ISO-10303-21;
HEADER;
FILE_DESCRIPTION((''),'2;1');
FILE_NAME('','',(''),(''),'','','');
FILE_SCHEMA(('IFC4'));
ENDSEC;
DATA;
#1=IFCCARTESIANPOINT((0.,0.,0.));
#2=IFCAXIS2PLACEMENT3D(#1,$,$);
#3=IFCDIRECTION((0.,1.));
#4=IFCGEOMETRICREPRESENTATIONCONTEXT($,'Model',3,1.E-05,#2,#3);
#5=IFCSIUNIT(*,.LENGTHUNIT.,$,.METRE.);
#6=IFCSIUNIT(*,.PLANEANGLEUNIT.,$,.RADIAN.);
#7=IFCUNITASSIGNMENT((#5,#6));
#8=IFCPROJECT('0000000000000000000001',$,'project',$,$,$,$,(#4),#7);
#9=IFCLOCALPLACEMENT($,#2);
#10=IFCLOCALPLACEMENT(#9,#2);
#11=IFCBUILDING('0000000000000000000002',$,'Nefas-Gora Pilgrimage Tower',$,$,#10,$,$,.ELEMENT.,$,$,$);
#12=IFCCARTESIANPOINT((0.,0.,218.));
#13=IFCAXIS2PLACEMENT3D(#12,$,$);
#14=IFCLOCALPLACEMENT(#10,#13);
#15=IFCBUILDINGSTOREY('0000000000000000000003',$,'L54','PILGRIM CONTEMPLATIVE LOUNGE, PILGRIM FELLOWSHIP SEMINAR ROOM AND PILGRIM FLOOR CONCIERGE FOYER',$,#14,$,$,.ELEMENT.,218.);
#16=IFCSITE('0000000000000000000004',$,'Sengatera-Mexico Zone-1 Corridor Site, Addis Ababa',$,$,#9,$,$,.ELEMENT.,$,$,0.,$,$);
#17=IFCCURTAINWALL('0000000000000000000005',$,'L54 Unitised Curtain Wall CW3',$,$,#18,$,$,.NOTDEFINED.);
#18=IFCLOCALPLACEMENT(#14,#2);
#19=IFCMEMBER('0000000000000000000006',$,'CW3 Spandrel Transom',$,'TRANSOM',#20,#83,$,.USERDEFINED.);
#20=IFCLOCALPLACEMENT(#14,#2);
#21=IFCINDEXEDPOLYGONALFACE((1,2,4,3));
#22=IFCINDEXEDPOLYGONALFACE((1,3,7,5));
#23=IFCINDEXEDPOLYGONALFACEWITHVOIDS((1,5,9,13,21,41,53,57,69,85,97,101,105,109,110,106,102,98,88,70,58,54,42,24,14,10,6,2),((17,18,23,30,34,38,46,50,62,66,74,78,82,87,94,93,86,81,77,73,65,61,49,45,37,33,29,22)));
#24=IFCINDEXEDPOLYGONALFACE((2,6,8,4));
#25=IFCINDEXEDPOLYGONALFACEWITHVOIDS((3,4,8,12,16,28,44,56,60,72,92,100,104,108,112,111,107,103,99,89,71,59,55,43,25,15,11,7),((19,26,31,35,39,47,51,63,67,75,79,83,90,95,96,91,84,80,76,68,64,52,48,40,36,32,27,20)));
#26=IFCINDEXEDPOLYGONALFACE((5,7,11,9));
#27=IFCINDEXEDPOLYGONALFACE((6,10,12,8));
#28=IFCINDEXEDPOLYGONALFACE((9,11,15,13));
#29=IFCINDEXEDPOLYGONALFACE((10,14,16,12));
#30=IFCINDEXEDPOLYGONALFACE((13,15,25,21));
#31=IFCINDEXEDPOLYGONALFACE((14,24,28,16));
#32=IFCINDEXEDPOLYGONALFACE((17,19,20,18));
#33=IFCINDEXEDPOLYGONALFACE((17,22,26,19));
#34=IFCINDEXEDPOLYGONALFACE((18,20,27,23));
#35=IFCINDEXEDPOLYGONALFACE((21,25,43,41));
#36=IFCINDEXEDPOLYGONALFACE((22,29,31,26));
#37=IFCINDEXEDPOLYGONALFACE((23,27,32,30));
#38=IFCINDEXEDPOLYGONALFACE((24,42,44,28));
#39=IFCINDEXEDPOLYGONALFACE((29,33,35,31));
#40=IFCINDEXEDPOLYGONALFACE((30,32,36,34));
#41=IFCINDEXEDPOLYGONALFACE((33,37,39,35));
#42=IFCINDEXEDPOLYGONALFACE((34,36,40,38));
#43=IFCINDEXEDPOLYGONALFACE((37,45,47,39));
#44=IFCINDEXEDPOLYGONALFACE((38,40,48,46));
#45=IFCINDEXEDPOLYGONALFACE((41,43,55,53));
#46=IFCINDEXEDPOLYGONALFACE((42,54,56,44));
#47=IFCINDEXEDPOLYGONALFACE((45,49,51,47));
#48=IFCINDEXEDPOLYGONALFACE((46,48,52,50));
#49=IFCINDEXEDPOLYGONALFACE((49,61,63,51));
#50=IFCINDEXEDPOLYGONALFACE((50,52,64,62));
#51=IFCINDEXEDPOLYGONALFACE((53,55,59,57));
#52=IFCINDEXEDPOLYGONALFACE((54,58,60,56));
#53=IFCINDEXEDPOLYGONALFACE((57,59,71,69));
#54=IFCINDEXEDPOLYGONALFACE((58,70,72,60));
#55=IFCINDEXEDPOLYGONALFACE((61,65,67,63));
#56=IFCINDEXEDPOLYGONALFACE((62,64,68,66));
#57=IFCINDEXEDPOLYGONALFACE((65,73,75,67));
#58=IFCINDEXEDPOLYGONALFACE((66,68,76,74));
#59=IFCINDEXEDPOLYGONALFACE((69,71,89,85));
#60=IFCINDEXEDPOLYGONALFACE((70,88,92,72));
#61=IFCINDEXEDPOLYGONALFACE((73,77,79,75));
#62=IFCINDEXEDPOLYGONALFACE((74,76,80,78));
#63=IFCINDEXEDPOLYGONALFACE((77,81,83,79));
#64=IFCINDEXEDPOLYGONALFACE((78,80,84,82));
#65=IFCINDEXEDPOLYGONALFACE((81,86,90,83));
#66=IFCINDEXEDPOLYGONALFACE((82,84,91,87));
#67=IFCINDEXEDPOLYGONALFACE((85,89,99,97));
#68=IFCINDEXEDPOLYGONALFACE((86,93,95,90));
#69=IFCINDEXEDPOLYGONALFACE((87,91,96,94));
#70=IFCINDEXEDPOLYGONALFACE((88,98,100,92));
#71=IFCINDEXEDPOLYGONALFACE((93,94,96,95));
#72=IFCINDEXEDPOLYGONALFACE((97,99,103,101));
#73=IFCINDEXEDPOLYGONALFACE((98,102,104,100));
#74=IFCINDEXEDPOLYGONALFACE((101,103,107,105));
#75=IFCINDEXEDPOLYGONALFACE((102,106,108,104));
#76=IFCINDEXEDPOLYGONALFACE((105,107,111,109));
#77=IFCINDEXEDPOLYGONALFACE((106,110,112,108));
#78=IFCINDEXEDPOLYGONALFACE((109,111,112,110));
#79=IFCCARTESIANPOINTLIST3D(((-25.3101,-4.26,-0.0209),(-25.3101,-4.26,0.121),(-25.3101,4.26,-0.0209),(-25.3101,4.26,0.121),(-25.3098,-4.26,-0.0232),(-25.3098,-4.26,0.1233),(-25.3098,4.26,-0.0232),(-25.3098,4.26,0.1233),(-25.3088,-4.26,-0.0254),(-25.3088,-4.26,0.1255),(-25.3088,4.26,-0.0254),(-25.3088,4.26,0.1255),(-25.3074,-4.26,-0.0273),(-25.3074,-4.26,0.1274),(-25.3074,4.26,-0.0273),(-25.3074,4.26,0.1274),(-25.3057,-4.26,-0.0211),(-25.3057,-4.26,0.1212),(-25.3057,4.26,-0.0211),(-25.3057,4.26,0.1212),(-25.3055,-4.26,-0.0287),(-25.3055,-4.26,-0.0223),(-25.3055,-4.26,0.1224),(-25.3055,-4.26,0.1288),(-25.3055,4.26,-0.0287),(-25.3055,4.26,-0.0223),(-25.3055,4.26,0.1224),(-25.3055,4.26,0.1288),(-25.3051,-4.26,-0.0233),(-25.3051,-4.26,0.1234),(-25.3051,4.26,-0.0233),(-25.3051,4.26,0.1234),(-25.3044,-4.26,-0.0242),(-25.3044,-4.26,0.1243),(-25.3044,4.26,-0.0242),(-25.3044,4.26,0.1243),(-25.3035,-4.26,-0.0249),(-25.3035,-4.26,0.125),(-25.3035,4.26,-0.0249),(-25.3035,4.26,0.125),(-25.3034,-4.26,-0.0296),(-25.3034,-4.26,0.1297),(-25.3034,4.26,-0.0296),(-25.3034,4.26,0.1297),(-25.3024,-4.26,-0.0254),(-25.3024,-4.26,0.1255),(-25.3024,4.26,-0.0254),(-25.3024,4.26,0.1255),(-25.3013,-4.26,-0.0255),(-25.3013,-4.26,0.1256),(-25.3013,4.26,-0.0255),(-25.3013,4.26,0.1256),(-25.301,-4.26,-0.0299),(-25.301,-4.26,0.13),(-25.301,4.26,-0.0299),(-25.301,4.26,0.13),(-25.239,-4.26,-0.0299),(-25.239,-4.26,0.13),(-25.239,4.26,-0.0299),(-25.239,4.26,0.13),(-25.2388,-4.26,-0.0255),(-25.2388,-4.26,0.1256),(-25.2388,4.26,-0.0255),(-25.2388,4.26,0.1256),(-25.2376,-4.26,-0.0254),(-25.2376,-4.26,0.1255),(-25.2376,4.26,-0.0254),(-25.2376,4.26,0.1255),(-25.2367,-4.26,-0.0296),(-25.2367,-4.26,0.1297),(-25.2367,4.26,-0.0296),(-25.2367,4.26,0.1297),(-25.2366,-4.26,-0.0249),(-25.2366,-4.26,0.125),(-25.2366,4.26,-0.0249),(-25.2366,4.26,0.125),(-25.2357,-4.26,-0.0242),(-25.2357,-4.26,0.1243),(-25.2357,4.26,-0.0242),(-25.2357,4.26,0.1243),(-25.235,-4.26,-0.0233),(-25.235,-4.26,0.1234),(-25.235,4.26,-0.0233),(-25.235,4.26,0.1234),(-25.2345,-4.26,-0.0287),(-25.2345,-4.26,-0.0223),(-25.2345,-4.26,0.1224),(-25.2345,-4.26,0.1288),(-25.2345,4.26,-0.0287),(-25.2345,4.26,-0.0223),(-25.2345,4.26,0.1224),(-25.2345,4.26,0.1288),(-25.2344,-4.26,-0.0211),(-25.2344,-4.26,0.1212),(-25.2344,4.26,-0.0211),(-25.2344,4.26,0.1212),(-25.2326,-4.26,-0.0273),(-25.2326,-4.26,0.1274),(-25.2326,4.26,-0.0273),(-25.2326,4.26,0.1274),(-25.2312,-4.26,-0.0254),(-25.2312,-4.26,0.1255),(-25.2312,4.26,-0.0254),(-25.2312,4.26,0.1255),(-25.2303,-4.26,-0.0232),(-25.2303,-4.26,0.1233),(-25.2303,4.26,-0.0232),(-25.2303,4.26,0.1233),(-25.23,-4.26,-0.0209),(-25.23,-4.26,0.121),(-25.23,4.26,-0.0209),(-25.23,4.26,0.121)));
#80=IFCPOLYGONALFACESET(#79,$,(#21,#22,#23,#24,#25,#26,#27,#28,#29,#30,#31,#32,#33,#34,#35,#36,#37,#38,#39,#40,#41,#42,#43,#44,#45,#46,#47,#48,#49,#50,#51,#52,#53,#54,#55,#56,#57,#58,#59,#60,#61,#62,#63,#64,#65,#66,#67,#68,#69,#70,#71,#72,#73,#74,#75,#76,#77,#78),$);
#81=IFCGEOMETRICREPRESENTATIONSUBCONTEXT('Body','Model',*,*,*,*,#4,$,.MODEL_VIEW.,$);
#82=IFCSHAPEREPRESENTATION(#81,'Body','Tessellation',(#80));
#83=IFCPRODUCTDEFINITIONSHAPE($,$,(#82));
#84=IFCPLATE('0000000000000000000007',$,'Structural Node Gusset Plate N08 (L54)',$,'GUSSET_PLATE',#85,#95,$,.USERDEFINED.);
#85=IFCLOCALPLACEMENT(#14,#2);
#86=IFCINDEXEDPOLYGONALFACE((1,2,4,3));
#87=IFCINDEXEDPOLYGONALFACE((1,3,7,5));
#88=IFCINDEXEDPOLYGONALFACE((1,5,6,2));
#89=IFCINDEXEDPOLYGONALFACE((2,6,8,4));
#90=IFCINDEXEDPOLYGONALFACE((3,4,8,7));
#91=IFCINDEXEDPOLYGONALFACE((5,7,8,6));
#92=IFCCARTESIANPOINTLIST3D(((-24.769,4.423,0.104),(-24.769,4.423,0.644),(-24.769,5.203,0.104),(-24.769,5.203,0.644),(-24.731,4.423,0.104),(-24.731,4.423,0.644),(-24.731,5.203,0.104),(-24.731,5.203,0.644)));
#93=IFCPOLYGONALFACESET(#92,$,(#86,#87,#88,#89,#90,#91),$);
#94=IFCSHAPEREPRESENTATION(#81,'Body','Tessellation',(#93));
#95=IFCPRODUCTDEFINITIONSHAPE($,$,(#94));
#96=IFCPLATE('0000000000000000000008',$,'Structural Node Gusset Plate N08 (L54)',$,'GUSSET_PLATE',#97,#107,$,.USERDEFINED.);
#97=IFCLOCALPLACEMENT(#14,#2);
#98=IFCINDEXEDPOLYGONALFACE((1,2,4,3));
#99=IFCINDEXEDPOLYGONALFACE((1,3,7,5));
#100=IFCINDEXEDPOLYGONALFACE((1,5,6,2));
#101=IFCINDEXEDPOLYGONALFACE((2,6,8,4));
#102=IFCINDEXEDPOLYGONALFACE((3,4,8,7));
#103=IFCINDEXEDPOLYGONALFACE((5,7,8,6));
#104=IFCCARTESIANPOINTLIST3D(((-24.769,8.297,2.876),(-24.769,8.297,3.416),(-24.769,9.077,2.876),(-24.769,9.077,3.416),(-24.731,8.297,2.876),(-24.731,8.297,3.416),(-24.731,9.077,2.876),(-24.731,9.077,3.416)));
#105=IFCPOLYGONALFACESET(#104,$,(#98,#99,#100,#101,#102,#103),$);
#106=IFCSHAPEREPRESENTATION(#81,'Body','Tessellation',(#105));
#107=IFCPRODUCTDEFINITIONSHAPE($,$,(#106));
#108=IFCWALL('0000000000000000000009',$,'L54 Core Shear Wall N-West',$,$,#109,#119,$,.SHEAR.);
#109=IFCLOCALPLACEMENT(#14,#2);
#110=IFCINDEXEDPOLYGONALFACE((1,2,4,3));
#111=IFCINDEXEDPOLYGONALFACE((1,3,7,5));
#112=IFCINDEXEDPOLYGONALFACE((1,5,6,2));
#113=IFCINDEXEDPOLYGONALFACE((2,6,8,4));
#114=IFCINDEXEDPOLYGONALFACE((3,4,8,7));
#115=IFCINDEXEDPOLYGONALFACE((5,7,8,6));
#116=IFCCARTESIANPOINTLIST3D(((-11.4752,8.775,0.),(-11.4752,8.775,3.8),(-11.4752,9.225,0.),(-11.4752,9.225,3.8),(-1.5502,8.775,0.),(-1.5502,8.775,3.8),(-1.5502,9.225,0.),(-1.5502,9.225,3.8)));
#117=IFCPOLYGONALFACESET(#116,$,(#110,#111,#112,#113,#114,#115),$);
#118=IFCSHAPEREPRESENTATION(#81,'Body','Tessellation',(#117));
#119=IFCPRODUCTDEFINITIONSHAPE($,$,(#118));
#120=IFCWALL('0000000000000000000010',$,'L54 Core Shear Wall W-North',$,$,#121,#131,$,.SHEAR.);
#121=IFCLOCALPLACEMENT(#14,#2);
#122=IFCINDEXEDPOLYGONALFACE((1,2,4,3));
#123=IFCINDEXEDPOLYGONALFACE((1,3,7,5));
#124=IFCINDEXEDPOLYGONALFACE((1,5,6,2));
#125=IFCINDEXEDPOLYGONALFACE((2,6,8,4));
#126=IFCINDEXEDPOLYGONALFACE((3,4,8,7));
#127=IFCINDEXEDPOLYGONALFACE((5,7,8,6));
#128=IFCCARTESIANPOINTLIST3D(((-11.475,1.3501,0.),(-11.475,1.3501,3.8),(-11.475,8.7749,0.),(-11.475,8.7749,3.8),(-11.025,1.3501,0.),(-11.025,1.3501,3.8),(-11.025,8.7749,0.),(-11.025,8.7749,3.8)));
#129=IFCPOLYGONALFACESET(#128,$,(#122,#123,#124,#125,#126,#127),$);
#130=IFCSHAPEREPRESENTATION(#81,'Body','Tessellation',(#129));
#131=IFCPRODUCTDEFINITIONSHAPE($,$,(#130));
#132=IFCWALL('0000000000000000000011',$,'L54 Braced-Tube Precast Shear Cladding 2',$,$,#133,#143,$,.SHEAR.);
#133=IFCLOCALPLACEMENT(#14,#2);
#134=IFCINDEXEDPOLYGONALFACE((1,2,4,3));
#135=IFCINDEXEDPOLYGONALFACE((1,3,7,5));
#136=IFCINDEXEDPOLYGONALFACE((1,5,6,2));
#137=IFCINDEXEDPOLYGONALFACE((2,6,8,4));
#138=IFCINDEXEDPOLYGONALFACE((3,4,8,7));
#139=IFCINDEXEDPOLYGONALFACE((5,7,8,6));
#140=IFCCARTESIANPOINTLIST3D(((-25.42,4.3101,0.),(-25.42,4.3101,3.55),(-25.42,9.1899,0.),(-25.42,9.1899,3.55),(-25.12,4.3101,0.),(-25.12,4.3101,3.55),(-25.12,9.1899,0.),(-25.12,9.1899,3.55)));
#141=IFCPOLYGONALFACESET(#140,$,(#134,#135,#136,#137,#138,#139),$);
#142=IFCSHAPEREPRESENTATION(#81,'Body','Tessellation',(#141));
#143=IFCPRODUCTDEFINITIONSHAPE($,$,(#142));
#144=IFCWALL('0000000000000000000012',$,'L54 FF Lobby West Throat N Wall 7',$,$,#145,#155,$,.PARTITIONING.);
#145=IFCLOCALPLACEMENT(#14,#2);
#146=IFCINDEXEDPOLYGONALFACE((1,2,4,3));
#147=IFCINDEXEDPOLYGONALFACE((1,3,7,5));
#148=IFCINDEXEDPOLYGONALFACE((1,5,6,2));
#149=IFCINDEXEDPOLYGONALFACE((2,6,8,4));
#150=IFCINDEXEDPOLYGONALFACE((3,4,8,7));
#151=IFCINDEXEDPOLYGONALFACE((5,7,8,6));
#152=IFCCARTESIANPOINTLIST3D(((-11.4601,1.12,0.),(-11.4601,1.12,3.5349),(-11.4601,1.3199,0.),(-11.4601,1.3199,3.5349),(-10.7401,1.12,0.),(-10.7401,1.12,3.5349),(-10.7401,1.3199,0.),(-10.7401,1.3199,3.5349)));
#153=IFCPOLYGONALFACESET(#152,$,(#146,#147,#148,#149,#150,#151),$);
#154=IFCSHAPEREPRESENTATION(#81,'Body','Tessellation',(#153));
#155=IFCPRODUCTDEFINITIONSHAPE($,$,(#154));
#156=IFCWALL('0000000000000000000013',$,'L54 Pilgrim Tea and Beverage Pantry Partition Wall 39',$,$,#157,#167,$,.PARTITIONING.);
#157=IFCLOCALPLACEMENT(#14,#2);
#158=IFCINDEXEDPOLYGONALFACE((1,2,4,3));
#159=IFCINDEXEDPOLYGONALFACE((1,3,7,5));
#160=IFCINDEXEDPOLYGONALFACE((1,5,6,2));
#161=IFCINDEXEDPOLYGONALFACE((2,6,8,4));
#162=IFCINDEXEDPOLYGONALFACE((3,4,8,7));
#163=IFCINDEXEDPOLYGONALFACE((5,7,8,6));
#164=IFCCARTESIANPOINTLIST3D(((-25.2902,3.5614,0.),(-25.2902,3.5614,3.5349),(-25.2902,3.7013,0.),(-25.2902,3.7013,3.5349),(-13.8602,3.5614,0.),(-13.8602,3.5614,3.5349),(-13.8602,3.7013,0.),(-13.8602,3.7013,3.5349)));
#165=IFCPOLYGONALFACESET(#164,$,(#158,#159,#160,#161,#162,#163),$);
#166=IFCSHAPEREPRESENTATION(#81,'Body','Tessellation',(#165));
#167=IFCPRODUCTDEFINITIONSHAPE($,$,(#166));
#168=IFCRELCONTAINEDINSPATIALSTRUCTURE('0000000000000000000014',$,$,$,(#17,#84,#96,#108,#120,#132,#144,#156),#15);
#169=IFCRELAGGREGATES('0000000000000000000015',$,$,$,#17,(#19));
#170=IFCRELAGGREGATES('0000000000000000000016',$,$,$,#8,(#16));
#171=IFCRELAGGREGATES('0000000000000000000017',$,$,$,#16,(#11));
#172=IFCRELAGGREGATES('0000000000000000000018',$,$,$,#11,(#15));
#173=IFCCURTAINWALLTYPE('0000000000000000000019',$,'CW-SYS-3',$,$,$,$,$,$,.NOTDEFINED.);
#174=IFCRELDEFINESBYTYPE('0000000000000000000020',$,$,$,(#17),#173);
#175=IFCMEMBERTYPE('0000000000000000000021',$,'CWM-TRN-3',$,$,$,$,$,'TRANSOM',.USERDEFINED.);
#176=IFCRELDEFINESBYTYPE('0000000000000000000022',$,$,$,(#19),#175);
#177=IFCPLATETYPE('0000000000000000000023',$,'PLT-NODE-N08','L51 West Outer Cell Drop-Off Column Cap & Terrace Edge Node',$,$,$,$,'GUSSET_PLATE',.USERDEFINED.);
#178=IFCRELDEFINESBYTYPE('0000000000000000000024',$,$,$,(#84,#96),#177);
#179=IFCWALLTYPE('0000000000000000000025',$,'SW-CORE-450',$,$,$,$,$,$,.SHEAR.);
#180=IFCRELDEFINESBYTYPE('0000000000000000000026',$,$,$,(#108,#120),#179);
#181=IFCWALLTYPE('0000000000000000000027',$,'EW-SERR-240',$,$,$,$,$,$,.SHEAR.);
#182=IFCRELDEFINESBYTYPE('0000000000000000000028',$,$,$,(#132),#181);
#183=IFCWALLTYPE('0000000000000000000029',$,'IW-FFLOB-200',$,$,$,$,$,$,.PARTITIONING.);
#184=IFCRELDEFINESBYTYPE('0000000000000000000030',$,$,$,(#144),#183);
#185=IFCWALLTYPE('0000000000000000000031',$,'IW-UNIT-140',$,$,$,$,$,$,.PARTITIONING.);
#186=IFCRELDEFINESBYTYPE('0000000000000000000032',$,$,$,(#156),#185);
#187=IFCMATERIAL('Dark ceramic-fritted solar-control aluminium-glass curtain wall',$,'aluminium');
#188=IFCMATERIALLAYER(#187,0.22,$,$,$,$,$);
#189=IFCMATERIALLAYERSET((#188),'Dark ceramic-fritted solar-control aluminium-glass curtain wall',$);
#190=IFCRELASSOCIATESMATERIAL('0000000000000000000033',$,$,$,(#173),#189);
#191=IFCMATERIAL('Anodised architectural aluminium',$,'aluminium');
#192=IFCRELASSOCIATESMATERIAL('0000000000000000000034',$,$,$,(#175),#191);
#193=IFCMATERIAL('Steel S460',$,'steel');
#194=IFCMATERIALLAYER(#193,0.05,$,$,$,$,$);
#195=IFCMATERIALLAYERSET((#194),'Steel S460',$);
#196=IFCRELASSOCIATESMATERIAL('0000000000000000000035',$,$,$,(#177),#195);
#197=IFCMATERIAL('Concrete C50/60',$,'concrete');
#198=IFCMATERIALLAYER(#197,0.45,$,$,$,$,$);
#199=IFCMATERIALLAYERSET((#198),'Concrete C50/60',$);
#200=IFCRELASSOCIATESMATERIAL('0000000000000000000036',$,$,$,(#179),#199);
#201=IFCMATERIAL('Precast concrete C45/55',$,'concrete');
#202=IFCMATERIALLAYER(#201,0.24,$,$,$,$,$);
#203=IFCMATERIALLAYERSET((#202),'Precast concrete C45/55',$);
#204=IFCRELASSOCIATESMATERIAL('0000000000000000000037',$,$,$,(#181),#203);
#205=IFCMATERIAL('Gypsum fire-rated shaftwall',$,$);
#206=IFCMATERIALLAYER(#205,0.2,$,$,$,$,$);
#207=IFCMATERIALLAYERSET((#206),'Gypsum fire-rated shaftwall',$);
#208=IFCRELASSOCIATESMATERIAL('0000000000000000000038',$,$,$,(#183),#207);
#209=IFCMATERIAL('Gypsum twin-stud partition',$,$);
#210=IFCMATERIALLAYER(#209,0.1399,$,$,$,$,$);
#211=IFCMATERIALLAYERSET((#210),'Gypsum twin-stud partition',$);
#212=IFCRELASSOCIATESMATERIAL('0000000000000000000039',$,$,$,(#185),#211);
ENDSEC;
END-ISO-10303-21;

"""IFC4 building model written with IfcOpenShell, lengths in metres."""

from ifc_helpers import new_model, si_unit, direction, frame, frame_2d, origin, origin_2d, place, context, subcontext, project, spatial, rectangle, hollow_rectangle, extrude, source, transform, mapped, material, layer, layer_set, material_profile, profile_set, type_object, element, aggregate, save


model = new_model("IFC4")

# Units and contexts
model_context = context("Model", 3, precision=1e-05, world=origin(), true_north=direction((0.0, 1.0)))
body_context = subcontext(model_context, "Body", "Model", "MODEL_VIEW")
ifc_project = project(units=[si_unit("LENGTHUNIT", "METRE"), si_unit("PLANEANGLEUNIT", "RADIAN")], contexts=[model_context])

# Site, building, storey
site_placement = place(None, origin())
site = spatial("IfcSite", under=ifc_project, at=site_placement, Name="Sengatera-Mexico Zone-1 Corridor Site, Addis Ababa", CompositionType="ELEMENT", RefElevation=0.0)
building_placement = place(site_placement, origin())
building = spatial("IfcBuilding", under=site, at=building_placement, Name="Nefas-Gora Pilgrimage Tower", CompositionType="ELEMENT")
storey_placement = place(building_placement, frame((0.0, 0.0, 218.0)))
storey = spatial("IfcBuildingStorey", under=building, at=storey_placement, Name="L54", Description="PILGRIM CONTEMPLATIVE LOUNGE, PILGRIM FELLOWSHIP SEMINAR ROOM AND PILGRIM FLOOR CONCIERGE FOYER", CompositionType="ELEMENT", Elevation=218.0)

# Shared definitions
ifc_material_1 = material(Name="Steel S460", Category="steel")

# Curtain wall, member
ifc_material_2 = material(Name="Dark ceramic-fritted solar-control aluminium-glass curtain wall", Category="aluminium")
ifc_layer_1 = layer(ifc_material_2, 0.22)
ifc_layer_set_1 = layer_set([ifc_layer_1], Name="Dark ceramic-fritted solar-control aluminium-glass curtain wall")
curtain_wall_type = type_object("IfcCurtainWallType", Name="CW-SYS-3", PredefinedType="NOTDEFINED", material=ifc_layer_set_1)
curtain_wall_placement = place(storey_placement, origin())
curtain_wall = element("IfcCurtainWall", 1, at=curtain_wall_placement, inside=storey, type_object=curtain_wall_type, Name="L54 Unitised Curtain Wall CW3", PredefinedType="NOTDEFINED")
ifc_material_3 = material(Name="Anodised architectural aluminium", Category="aluminium")
ifc_material_profile_1 = material_profile(ifc_material_3, hollow_rectangle(XDim=0.0801, YDim=0.1599, WallThickness=0.0044, InnerFilletRadius=0.0044, OuterFilletRadius=0.009, at=origin_2d()), Name="ALU TRANSOM 80x160")
ifc_profile_set_1 = profile_set([ifc_material_profile_1], Name="Anodised architectural aluminium")
member_type_1 = type_object("IfcMemberType", Name="CWM-TRN-3", ElementType="TRANSOM", PredefinedType="USERDEFINED", material=ifc_profile_set_1)
shared_shape_1 = source(origin(), body_context, "Body", "SweptSolid", [
    extrude(hollow_rectangle(XDim=0.0801, YDim=0.1599, WallThickness=0.0044, InnerFilletRadius=0.0044, OuterFilletRadius=0.009, at=origin_2d()), origin(), (0.0, 0.0, 1.0), 8.52),
])
member_1_placement = place(storey_placement, frame((-25.27, 4.26, 0.05), z_axis=(0.0, -1.0, 0.0), x_axis=(1.0, 0.0, 0.0)))
member_1 = element("IfcMember", 2, at=member_1_placement, type_object=member_type_1, Name="CW3 Spandrel Transom", ObjectType="TRANSOM", PredefinedType="USERDEFINED", context=body_context, shape_type="MappedRepresentation", body=[
    mapped(shared_shape_1, transform((0.0, 0.0, 0.0), x_axis=(1.0, 0.0, 0.0), y_axis=(0.0, 1.0, 0.0), z_axis=(0.0, 0.0, 1.0), scale=1.0)),
])
aggregate(curtain_wall, [member_1])

# Plates
ifc_layer_2 = layer(ifc_material_1, 0.05)
ifc_layer_set_2 = layer_set([ifc_layer_2], Name="Steel S460")
plate_type = type_object("IfcPlateType", Name="PLT-NODE-N08", Description="L51 West Outer Cell Drop-Off Column Cap & Terrace Edge Node", ElementType="GUSSET_PLATE", PredefinedType="USERDEFINED", material=ifc_layer_set_2)
shared_shape_2 = source(origin(), body_context, "Body", "SweptSolid", [
    extrude(rectangle(XDim=0.78, YDim=0.0381, at=origin_2d()), origin(), (0.0, 0.0, 1.0), 0.54),
])
for number, where, z_axis, x_axis, name in (
    (3, (-24.75, 4.813, 0.104), (0.0, 0.0, 1.0), (0.0, 1.0, 0.0), "Structural Node Gusset Plate N08 (L54)"),
    (4, (-24.75, 8.687, 2.876), (0.0, 0.0, 1.0), (0.0, 1.0, 0.0), "Structural Node Gusset Plate N08 (L54)"),
):
    element("IfcPlate", number, at=place(storey_placement, frame(where, z_axis=z_axis, x_axis=x_axis)), inside=storey, type_object=plate_type, Name=name, ObjectType="GUSSET_PLATE", PredefinedType="USERDEFINED", context=body_context, shape_type="MappedRepresentation", body=[
        mapped(shared_shape_2, transform((0.0, 0.0, 0.0), x_axis=(1.0, 0.0, 0.0), y_axis=(0.0, 1.0, 0.0), z_axis=(0.0, 0.0, 1.0), scale=1.0)),
    ])

# Walls
ifc_material_4 = material(Name="Concrete C50/60", Category="concrete")
ifc_layer_3 = layer(ifc_material_4, 0.45)
ifc_layer_set_3 = layer_set([ifc_layer_3], Name="Concrete C50/60")
wall_type_1 = type_object("IfcWallType", Name="SW-CORE-450", PredefinedType="SHEAR", material=ifc_layer_set_3)
shared_shape_3 = source(origin(), body_context, "Body", "SweptSolid", [
    extrude(rectangle(XDim=9.925, YDim=0.45, at=frame_2d((4.9624, 0.0))), origin(), (0.0, 0.0, 1.0), 3.8),
])
wall_1_placement = place(storey_placement, frame((-11.4751, 9.0, 0.0), z_axis=(0.0, 0.0, 1.0), x_axis=(1.0, 0.0, 0.0)))
element("IfcWall", 5, at=wall_1_placement, inside=storey, type_object=wall_type_1, Name="L54 Core Shear Wall N-West", PredefinedType="SHEAR", context=body_context, shape_type="MappedRepresentation", body=[
    mapped(shared_shape_3, transform((0.0, 0.0, 0.0), x_axis=(1.0, 0.0, 0.0), y_axis=(0.0, 1.0, 0.0), z_axis=(0.0, 0.0, 1.0), scale=1.0)),
])
shared_shape_4 = source(origin(), body_context, "Body", "SweptSolid", [
    extrude(rectangle(XDim=7.4248, YDim=0.45, at=frame_2d((3.7124, 0.0))), origin(), (0.0, 0.0, 1.0), 3.8),
])
wall_2_placement = place(storey_placement, frame((-11.25, 1.3501, 0.0), z_axis=(0.0, 0.0, 1.0), x_axis=(0.0, 1.0, 0.0)))
element("IfcWall", 6, at=wall_2_placement, inside=storey, type_object=wall_type_1, Name="L54 Core Shear Wall W-North", PredefinedType="SHEAR", context=body_context, shape_type="MappedRepresentation", body=[
    mapped(shared_shape_4, transform((0.0, 0.0, 0.0), x_axis=(1.0, 0.0, 0.0), y_axis=(0.0, 1.0, 0.0), z_axis=(0.0, 0.0, 1.0), scale=1.0)),
])
ifc_material_5 = material(Name="Precast concrete C45/55", Category="concrete")
ifc_layer_4 = layer(ifc_material_5, 0.24)
ifc_layer_set_4 = layer_set([ifc_layer_4], Name="Precast concrete C45/55")
wall_type_2 = type_object("IfcWallType", Name="EW-SERR-240", PredefinedType="SHEAR", material=ifc_layer_set_4)
shared_shape_5 = source(origin(), body_context, "Body", "SweptSolid", [
    extrude(rectangle(XDim=4.8799, YDim=0.3, at=frame_2d((2.4399, 0.0))), origin(), (0.0, 0.0, 1.0), 3.55),
])
wall_3_placement = place(storey_placement, frame((-25.27, 4.3101, 0.0), z_axis=(0.0, 0.0, 1.0), x_axis=(0.0, 1.0, 0.0)))
element("IfcWall", 7, at=wall_3_placement, inside=storey, type_object=wall_type_2, Name="L54 Braced-Tube Precast Shear Cladding 2", PredefinedType="SHEAR", context=body_context, shape_type="MappedRepresentation", body=[
    mapped(shared_shape_5, transform((0.0, 0.0, 0.0), x_axis=(1.0, 0.0, 0.0), y_axis=(0.0, 1.0, 0.0), z_axis=(0.0, 0.0, 1.0), scale=1.0)),
])
ifc_material_6 = material(Name="Gypsum fire-rated shaftwall")
ifc_layer_5 = layer(ifc_material_6, 0.2)
ifc_layer_set_5 = layer_set([ifc_layer_5], Name="Gypsum fire-rated shaftwall")
wall_type_3 = type_object("IfcWallType", Name="IW-FFLOB-200", PredefinedType="PARTITIONING", material=ifc_layer_set_5)
shared_shape_6 = source(origin(), body_context, "Body", "SweptSolid", [
    extrude(rectangle(XDim=0.72, YDim=0.2, at=frame_2d((0.3599, 0.0))), origin(), (0.0, 0.0, 1.0), 3.5349),
])
wall_4_placement = place(storey_placement, frame((-11.46, 1.22, 0.0), z_axis=(0.0, 0.0, 1.0), x_axis=(1.0, 0.0, 0.0)))
element("IfcWall", 8, at=wall_4_placement, inside=storey, type_object=wall_type_3, Name="L54 FF Lobby West Throat N Wall 7", PredefinedType="PARTITIONING", context=body_context, shape_type="MappedRepresentation", body=[
    mapped(shared_shape_6, transform((0.0, 0.0, 0.0), x_axis=(1.0, 0.0, 0.0), y_axis=(0.0, 1.0, 0.0), z_axis=(0.0, 0.0, 1.0), scale=1.0)),
])
ifc_material_7 = material(Name="Gypsum twin-stud partition")
ifc_layer_6 = layer(ifc_material_7, 0.1399)
ifc_layer_set_6 = layer_set([ifc_layer_6], Name="Gypsum twin-stud partition")
wall_type_4 = type_object("IfcWallType", Name="IW-UNIT-140", PredefinedType="PARTITIONING", material=ifc_layer_set_6)
shared_shape_7 = source(origin(), body_context, "Body", "SweptSolid", [
    extrude(rectangle(XDim=11.4299, YDim=0.1399, at=frame_2d((5.7148, 0.0))), origin(), (0.0, 0.0, 1.0), 3.5349),
])
wall_5_placement = place(storey_placement, frame((-25.29, 3.6313, 0.0), z_axis=(0.0, 0.0, 1.0), x_axis=(1.0, 0.0, 0.0)))
element("IfcWall", 9, at=wall_5_placement, inside=storey, type_object=wall_type_4, Name="L54 Pilgrim Tea and Beverage Pantry Partition Wall 39", PredefinedType="PARTITIONING", context=body_context, shape_type="MappedRepresentation", body=[
    mapped(shared_shape_7, transform((0.0, 0.0, 0.0), x_axis=(1.0, 0.0, 0.0), y_axis=(0.0, 1.0, 0.0), z_axis=(0.0, 0.0, 1.0), scale=1.0)),
])

save(model, "model.ifc")
